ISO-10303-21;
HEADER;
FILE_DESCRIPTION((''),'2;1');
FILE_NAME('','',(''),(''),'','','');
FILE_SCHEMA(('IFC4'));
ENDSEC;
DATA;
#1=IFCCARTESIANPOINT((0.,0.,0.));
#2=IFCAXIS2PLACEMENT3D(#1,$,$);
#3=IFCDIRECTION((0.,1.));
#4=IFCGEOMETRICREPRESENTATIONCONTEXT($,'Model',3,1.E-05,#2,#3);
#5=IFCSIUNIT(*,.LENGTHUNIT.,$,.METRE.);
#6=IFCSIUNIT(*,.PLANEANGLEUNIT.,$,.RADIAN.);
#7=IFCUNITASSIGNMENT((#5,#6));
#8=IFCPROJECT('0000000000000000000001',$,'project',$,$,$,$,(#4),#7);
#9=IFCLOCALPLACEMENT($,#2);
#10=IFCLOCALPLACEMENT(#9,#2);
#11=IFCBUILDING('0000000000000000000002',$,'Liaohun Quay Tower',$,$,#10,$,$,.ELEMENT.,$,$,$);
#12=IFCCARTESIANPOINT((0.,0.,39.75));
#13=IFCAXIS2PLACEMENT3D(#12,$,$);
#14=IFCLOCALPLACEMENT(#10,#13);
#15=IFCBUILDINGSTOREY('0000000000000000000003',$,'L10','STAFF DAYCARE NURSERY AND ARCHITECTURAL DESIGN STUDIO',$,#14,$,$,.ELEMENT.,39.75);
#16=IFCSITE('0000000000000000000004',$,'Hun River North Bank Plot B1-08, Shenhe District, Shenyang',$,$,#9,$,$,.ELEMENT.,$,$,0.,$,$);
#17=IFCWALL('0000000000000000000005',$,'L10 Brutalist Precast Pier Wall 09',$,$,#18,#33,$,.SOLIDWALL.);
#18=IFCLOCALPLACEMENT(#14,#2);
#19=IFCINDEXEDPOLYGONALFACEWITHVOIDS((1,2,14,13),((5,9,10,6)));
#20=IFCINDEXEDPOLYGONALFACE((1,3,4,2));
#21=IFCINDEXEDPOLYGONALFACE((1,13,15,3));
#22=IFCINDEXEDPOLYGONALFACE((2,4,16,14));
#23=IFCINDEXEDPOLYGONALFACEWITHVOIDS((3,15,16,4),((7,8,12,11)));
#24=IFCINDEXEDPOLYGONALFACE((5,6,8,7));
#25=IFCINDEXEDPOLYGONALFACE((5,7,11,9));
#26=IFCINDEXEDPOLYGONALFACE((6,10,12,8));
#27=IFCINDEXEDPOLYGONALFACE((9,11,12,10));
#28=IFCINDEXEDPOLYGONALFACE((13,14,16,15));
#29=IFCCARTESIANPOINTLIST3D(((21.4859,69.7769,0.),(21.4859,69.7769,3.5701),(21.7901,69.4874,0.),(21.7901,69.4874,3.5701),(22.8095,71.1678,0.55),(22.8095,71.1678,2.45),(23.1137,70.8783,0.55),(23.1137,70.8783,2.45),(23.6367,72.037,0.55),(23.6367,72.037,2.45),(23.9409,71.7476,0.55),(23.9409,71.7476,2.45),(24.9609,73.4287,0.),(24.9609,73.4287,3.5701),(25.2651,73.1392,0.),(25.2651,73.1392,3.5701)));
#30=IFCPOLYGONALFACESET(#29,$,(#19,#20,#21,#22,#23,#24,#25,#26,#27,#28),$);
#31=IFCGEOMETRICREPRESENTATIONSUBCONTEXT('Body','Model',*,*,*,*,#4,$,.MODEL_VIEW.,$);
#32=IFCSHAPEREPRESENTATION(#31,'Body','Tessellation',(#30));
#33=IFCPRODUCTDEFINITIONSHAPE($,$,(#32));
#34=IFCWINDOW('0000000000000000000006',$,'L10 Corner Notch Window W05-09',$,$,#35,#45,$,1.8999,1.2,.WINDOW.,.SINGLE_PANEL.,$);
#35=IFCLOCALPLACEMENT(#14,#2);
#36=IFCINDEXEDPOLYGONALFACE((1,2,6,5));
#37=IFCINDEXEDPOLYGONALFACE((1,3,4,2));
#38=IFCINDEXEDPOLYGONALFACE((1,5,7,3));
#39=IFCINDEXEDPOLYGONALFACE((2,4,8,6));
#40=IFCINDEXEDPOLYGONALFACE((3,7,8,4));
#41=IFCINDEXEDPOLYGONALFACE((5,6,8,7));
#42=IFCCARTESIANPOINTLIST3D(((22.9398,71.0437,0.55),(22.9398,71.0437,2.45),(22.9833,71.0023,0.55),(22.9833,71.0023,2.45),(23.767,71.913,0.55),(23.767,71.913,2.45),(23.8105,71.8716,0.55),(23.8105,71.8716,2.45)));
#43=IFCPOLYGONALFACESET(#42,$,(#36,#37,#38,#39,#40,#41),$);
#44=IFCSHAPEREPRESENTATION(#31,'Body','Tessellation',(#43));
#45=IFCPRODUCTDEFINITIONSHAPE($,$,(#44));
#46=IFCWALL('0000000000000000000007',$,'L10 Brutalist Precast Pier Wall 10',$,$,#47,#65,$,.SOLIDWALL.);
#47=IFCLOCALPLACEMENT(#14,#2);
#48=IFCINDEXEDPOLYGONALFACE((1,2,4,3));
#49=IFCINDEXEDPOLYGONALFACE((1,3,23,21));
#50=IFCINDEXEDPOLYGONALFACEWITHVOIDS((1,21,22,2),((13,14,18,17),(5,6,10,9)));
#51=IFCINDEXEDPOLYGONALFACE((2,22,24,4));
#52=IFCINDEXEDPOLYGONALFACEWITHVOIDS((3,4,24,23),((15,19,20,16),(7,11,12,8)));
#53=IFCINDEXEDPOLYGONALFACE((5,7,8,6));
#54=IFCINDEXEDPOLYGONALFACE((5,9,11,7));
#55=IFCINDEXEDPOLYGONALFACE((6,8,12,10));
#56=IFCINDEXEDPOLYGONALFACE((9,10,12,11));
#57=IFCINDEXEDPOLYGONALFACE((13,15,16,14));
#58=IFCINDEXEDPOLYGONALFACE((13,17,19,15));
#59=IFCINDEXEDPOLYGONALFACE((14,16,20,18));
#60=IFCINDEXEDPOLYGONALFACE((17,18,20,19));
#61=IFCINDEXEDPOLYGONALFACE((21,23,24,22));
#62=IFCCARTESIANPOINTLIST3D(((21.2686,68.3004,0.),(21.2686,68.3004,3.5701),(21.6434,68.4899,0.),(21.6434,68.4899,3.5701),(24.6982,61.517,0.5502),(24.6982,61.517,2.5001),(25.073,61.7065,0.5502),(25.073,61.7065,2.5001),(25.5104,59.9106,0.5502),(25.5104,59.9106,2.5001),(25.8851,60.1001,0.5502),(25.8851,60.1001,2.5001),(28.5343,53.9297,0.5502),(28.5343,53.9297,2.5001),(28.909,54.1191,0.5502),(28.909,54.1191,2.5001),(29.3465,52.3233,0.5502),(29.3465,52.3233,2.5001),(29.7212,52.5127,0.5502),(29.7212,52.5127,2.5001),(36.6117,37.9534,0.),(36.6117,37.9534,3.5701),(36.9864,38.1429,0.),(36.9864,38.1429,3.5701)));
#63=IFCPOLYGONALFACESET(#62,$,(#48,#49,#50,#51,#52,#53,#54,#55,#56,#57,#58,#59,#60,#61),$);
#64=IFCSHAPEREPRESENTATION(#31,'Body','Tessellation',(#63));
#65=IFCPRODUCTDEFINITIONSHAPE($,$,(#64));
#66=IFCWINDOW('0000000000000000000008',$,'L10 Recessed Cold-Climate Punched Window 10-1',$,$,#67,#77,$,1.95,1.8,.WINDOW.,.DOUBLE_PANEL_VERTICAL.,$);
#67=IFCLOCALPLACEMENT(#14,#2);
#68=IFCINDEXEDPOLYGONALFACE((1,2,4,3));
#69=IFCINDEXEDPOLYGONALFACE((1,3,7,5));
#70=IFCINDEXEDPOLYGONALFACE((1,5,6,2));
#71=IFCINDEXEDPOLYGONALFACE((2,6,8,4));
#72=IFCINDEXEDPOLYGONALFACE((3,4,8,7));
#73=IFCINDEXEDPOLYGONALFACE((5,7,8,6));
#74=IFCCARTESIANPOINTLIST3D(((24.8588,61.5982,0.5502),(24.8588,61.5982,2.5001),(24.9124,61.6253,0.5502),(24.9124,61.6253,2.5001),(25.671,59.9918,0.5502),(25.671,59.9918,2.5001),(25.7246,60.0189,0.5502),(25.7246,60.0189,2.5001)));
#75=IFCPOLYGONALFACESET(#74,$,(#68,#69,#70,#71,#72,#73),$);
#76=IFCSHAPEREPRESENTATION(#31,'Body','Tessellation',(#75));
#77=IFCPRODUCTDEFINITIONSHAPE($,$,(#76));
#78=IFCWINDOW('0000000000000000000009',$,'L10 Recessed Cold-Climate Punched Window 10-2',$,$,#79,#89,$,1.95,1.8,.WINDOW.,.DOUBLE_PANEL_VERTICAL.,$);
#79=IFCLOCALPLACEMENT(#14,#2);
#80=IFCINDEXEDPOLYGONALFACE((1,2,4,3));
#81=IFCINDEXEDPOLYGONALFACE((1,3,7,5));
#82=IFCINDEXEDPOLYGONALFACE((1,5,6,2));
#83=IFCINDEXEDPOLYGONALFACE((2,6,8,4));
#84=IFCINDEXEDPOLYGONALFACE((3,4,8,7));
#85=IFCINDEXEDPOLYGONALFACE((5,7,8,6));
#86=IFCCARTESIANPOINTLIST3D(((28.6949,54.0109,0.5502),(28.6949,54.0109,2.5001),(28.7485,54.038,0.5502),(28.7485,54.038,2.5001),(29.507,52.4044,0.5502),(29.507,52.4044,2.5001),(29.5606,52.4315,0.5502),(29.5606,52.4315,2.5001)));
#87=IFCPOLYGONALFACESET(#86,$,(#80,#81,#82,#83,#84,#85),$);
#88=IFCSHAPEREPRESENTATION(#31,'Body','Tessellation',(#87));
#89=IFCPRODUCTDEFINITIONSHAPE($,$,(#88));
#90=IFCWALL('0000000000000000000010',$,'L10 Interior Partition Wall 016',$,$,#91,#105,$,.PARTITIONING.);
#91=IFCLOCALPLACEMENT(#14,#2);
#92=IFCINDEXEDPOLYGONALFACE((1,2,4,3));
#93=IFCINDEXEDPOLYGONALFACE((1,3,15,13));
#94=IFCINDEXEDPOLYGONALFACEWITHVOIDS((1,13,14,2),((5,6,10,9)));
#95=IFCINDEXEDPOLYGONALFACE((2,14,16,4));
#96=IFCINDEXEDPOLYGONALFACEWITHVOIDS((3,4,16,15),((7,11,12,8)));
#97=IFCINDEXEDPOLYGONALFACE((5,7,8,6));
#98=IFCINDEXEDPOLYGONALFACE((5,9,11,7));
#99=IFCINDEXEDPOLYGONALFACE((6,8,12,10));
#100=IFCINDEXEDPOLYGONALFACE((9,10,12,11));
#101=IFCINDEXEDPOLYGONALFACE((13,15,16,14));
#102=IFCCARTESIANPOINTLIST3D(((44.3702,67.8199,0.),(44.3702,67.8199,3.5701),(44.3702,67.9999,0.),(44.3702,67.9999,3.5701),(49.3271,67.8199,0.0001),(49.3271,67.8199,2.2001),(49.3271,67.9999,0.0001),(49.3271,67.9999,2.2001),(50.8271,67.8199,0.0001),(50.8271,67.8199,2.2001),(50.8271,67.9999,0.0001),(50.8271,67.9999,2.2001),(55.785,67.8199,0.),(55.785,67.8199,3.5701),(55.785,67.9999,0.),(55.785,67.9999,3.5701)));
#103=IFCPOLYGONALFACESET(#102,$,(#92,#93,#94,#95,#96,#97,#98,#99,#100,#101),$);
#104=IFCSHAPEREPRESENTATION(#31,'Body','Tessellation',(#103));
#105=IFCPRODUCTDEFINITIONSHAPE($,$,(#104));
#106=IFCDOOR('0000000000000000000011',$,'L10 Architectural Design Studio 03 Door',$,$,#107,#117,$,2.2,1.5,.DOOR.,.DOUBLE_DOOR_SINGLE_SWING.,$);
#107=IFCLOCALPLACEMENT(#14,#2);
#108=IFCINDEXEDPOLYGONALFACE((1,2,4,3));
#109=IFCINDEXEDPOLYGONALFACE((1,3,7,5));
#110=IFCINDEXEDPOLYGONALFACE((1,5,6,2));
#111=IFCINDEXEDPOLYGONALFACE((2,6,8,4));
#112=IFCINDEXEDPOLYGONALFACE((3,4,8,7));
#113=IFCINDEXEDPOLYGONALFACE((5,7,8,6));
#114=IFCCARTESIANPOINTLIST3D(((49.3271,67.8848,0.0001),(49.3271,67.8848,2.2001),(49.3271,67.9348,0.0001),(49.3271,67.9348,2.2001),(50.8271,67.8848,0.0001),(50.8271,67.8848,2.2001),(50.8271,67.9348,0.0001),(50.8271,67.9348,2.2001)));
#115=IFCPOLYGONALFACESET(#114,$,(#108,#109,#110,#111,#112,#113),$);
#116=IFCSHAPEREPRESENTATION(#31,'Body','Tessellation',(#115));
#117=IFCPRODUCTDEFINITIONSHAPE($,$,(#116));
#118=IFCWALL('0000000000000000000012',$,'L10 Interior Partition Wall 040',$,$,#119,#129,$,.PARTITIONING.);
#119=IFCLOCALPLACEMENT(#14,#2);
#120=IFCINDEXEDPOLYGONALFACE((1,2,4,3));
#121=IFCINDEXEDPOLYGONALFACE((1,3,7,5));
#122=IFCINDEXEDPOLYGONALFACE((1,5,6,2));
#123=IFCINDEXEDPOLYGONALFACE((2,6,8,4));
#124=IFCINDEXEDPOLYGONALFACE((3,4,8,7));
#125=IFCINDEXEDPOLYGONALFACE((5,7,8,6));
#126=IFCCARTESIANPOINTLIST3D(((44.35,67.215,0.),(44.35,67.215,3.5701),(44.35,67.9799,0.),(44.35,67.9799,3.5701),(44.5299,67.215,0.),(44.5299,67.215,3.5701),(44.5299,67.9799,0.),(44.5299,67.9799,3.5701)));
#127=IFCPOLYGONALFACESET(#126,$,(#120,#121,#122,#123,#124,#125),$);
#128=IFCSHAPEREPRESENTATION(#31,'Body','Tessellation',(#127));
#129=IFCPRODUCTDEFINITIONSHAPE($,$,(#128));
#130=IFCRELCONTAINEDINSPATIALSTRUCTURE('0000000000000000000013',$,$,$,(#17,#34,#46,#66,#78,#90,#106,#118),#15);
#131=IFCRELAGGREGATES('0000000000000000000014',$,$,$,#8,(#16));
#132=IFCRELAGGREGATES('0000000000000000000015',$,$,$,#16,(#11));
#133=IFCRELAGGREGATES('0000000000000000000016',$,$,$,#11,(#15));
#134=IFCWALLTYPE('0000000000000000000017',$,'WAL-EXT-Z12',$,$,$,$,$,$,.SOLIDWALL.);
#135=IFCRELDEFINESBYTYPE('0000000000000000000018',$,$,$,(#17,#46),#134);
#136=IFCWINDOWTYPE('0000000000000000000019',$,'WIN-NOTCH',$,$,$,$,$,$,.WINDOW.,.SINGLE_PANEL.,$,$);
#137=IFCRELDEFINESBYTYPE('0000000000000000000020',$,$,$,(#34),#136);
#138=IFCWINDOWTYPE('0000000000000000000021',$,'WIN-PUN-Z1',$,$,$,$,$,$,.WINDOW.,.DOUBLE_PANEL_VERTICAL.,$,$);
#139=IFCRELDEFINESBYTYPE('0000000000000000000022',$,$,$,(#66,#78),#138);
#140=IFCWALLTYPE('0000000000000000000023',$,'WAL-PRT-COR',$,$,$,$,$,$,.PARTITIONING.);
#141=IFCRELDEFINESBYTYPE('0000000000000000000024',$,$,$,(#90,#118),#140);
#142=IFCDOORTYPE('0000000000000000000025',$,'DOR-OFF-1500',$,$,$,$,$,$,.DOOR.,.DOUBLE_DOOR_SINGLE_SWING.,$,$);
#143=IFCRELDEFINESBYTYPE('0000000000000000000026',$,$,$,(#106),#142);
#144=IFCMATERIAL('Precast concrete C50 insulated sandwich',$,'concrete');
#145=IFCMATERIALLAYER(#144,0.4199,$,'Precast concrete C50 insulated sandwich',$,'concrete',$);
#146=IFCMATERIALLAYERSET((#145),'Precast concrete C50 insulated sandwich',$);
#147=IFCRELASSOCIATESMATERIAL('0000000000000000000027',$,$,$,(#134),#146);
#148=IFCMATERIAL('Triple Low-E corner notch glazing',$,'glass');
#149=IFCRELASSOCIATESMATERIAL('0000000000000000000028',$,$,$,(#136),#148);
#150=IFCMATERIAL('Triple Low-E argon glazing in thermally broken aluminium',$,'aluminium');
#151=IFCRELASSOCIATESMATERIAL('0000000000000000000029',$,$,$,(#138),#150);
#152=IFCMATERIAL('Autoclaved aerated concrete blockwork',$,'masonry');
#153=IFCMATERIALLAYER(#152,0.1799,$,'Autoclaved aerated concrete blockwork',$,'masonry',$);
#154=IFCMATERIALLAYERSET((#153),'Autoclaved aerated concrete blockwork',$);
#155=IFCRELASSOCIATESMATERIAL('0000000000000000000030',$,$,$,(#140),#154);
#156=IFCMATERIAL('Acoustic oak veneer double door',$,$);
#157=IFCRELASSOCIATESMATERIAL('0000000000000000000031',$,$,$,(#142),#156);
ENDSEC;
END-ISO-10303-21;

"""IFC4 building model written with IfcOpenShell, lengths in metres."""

from ifc_helpers import new_model, si_unit, direction, frame, frame_2d, origin, place, context, subcontext, project, spatial, rectangle, extrude, source, transform, mapped, material, layer, layer_set, type_object, element, fill, save


model = new_model("IFC4")

# Units and contexts
model_context = context("Model", 3, precision=1e-05, world=origin(), true_north=direction((0.0, 1.0)))
body_context = subcontext(model_context, "Body", "Model", "MODEL_VIEW")
ifc_project = project(units=[si_unit("LENGTHUNIT", "METRE"), si_unit("PLANEANGLEUNIT", "RADIAN")], contexts=[model_context])

# Site, building, storey
site_placement = place(None, origin())
site = spatial("IfcSite", under=ifc_project, at=site_placement, Name="Hun River North Bank Plot B1-08, Shenhe District, Shenyang", CompositionType="ELEMENT", RefElevation=0.0)
building_placement = place(site_placement, origin())
building = spatial("IfcBuilding", under=site, at=building_placement, Name="Liaohun Quay Tower", CompositionType="ELEMENT")
storey_placement = place(building_placement, frame((0.0, 0.0, 39.75)))
storey = spatial("IfcBuildingStorey", under=building, at=storey_placement, Name="L10", Description="STAFF DAYCARE NURSERY AND ARCHITECTURAL DESIGN STUDIO", CompositionType="ELEMENT", Elevation=39.75)

# Wall, opening, window
ifc_material_1 = material(Name="Precast concrete C50 insulated sandwich", Category="concrete")
ifc_layer_1 = layer(ifc_material_1, 0.4199, Name="Precast concrete C50 insulated sandwich", Category="concrete")
ifc_layer_set_1 = layer_set([ifc_layer_1], Name="Precast concrete C50 insulated sandwich")
wall_type_1 = type_object("IfcWallType", Name="WAL-EXT-Z12", PredefinedType="SOLIDWALL", material=ifc_layer_set_1)
shared_shape_1 = source(origin(), body_context, "Body", "SweptSolid", [
    extrude(rectangle(XDim=1.2, YDim=1.8999, at=frame_2d((0.6001, 0.95))), frame((0.0, 0.22, 0.0), z_axis=(0.0, -1.0, 0.0), x_axis=(1.0, 0.0, 0.0)), (0.0, 0.0, 1.0), 0.4399),
])
ifc_material_2 = material(Name="Triple Low-E corner notch glazing", Category="glass")
window_type_1 = type_object("IfcWindowType", Name="WIN-NOTCH", PartitioningType="SINGLE_PANEL", PredefinedType="WINDOW", material=ifc_material_2)
shared_shape_2 = source(origin(), body_context, "Body", "SweptSolid", [
    extrude(rectangle(XDim=1.2, YDim=1.8999, at=frame_2d((0.6001, 0.95))), frame((0.0, 0.03, 0.0), z_axis=(0.0, -1.0, 0.0), x_axis=(1.0, 0.0, 0.0)), (0.0, 0.0, 1.0), 0.0601),
])
wall_1_placement = place(storey_placement, frame((25.113, 73.2839, 0.0), z_axis=(0.0, 0.0, 1.0), x_axis=(-0.689358, -0.724421, 0.0)))
wall_1 = element("IfcWall", 1, at=wall_1_placement, inside=storey, type_object=wall_type_1, Name="L10 Brutalist Precast Pier Wall 09", PredefinedType="SOLIDWALL", context=body_context, shape_type="SweptSolid", body=[
    extrude(rectangle(XDim=5.041, YDim=0.4199, at=frame_2d((2.5205, 0.0))), origin(), (0.0, 0.0, 1.0), 3.5701),
])
opening_1_placement = place(wall_1_placement, frame((1.9209, 0.0, 0.55)))
opening_1 = element("IfcOpeningElement", 2, at=opening_1_placement, cuts=wall_1, PredefinedType="OPENING", context=body_context, shape_type="MappedRepresentation", body=[
    mapped(shared_shape_1, transform((0.0, 0.0, 0.0), x_axis=(1.0, 0.0, 0.0), y_axis=(0.0, 1.0, 0.0), z_axis=(0.0, 0.0, 1.0), scale=1.0)),
])
window_1_placement = place(opening_1_placement, origin())
window_1 = element("IfcWindow", 3, at=window_1_placement, inside=storey, type_object=window_type_1, Name="L10 Corner Notch Window W05-09", OverallHeight=1.8999, OverallWidth=1.2, PartitioningType="SINGLE_PANEL", PredefinedType="WINDOW", context=body_context, shape_type="MappedRepresentation", body=[
    mapped(shared_shape_2, transform((0.0, 0.0, 0.0), x_axis=(1.0, 0.0, 0.0), y_axis=(0.0, 1.0, 0.0), z_axis=(0.0, 0.0, 1.0), scale=1.0)),
])
fill(opening_1, window_1)

# Wall, openings, windows
wall_2_placement = place(storey_placement, frame((21.4561, 68.395, 0.0), z_axis=(0.0, 0.0, 1.0), x_axis=(0.451198, -0.892424, 0.0)))
wall_2 = element("IfcWall", 4, at=wall_2_placement, inside=storey, type_object=wall_type_1, Name="L10 Brutalist Precast Pier Wall 10", PredefinedType="SOLIDWALL", context=body_context, shape_type="SweptSolid", body=[
    extrude(rectangle(XDim=34.0051, YDim=0.4199, at=frame_2d((17.0024, 0.0))), origin(), (0.0, 0.0, 1.0), 3.5701),
])
shared_shape_3 = source(origin(), body_context, "Body", "SweptSolid", [
    extrude(rectangle(XDim=1.8, YDim=1.95, at=frame_2d((0.8999, 0.9751))), frame((0.0, 0.22, 0.0), z_axis=(0.0, -1.0, 0.0), x_axis=(1.0, 0.0, 0.0)), (0.0, 0.0, 1.0), 0.4399),
])
opening_2_placement = place(wall_2_placement, frame((7.6011, 0.0, 0.55)))
opening_2 = element("IfcOpeningElement", 5, at=opening_2_placement, cuts=wall_2, PredefinedType="OPENING", context=body_context, shape_type="MappedRepresentation", body=[
    mapped(shared_shape_3, transform((0.0, 0.0, 0.0), x_axis=(1.0, 0.0, 0.0), y_axis=(0.0, 1.0, 0.0), z_axis=(0.0, 0.0, 1.0), scale=1.0)),
])
opening_3_placement = place(wall_2_placement, frame((16.103, 0.0, 0.55)))
opening_3 = element("IfcOpeningElement", 6, at=opening_3_placement, cuts=wall_2, PredefinedType="OPENING", context=body_context, shape_type="MappedRepresentation", body=[
    mapped(shared_shape_3, transform((0.0, 0.0, 0.0), x_axis=(1.0, 0.0, 0.0), y_axis=(0.0, 1.0, 0.0), z_axis=(0.0, 0.0, 1.0), scale=1.0)),
])
ifc_material_3 = material(Name="Triple Low-E argon glazing in thermally broken aluminium", Category="aluminium")
window_type_2 = type_object("IfcWindowType", Name="WIN-PUN-Z1", PartitioningType="DOUBLE_PANEL_VERTICAL", PredefinedType="WINDOW", material=ifc_material_3)
shared_shape_4 = source(origin(), body_context, "Body", "SweptSolid", [
    extrude(rectangle(XDim=1.8, YDim=1.95, at=frame_2d((0.8999, 0.9751))), frame((0.0, 0.03, 0.0), z_axis=(0.0, -1.0, 0.0), x_axis=(1.0, 0.0, 0.0)), (0.0, 0.0, 1.0), 0.0601),
])
window_2_placement = place(opening_2_placement, origin())
window_2 = element("IfcWindow", 7, at=window_2_placement, inside=storey, type_object=window_type_2, Name="L10 Recessed Cold-Climate Punched Window 10-1", OverallHeight=1.95, OverallWidth=1.8, PartitioningType="DOUBLE_PANEL_VERTICAL", PredefinedType="WINDOW", context=body_context, shape_type="MappedRepresentation", body=[
    mapped(shared_shape_4, transform((0.0, 0.0, 0.0), x_axis=(1.0, 0.0, 0.0), y_axis=(0.0, 1.0, 0.0), z_axis=(0.0, 0.0, 1.0), scale=1.0)),
])
fill(opening_2, window_2)
window_3_placement = place(opening_3_placement, origin())
window_3 = element("IfcWindow", 8, at=window_3_placement, inside=storey, type_object=window_type_2, Name="L10 Recessed Cold-Climate Punched Window 10-2", OverallHeight=1.95, OverallWidth=1.8, PartitioningType="DOUBLE_PANEL_VERTICAL", PredefinedType="WINDOW", context=body_context, shape_type="MappedRepresentation", body=[
    mapped(shared_shape_4, transform((0.0, 0.0, 0.0), x_axis=(1.0, 0.0, 0.0), y_axis=(0.0, 1.0, 0.0), z_axis=(0.0, 0.0, 1.0), scale=1.0)),
])
fill(opening_3, window_3)

# Wall, opening, door
ifc_material_4 = material(Name="Autoclaved aerated concrete blockwork", Category="masonry")
ifc_layer_2 = layer(ifc_material_4, 0.1799, Name="Autoclaved aerated concrete blockwork", Category="masonry")
ifc_layer_set_2 = layer_set([ifc_layer_2], Name="Autoclaved aerated concrete blockwork")
wall_type_2 = type_object("IfcWallType", Name="WAL-PRT-COR", PredefinedType="PARTITIONING", material=ifc_layer_set_2)
wall_3_placement = place(storey_placement, frame((44.3701, 67.9099, 0.0), z_axis=(0.0, 0.0, 1.0), x_axis=(1.0, 0.0, 0.0)))
wall_3 = element("IfcWall", 9, at=wall_3_placement, inside=storey, type_object=wall_type_2, Name="L10 Interior Partition Wall 016", PredefinedType="PARTITIONING", context=body_context, shape_type="SweptSolid", body=[
    extrude(rectangle(XDim=11.4148, YDim=0.1799, at=frame_2d((5.7075, 0.0))), origin(), (0.0, 0.0, 1.0), 3.5701),
])
shared_shape_5 = source(origin(), body_context, "Body", "SweptSolid", [
    extrude(rectangle(XDim=1.5, YDim=2.2, at=frame_2d((0.75, 1.1001))), frame((0.0, 0.0999, 0.0), z_axis=(0.0, -1.0, 0.0), x_axis=(1.0, 0.0, 0.0)), (0.0, 0.0, 1.0), 0.2),
])
opening_4_placement = place(wall_3_placement, frame((4.957, 0.0, 0.0)))
opening_4 = element("IfcOpeningElement", 10, at=opening_4_placement, cuts=wall_3, PredefinedType="OPENING", context=body_context, shape_type="MappedRepresentation", body=[
    mapped(shared_shape_5, transform((0.0, 0.0, 0.0), x_axis=(1.0, 0.0, 0.0), y_axis=(0.0, 1.0, 0.0), z_axis=(0.0, 0.0, 1.0), scale=1.0)),
])
ifc_material_5 = material(Name="Acoustic oak veneer double door")
door_type = type_object("IfcDoorType", Name="DOR-OFF-1500", OperationType="DOUBLE_DOOR_SINGLE_SWING", PredefinedType="DOOR", material=ifc_material_5)
shared_shape_6 = source(origin(), body_context, "Body", "SweptSolid", [
    extrude(rectangle(XDim=1.5, YDim=2.2, at=frame_2d((0.75, 1.1001))), frame((0.0, 0.0249, 0.0), z_axis=(0.0, -1.0, 0.0), x_axis=(1.0, 0.0, 0.0)), (0.0, 0.0, 1.0), 0.05),
])
door_placement = place(opening_4_placement, origin())
door = element("IfcDoor", 11, at=door_placement, inside=storey, type_object=door_type, Name="L10 Architectural Design Studio 03 Door", OperationType="DOUBLE_DOOR_SINGLE_SWING", OverallHeight=2.2, OverallWidth=1.5, PredefinedType="DOOR", context=body_context, shape_type="MappedRepresentation", body=[
    mapped(shared_shape_6, transform((0.0, 0.0, 0.0), x_axis=(1.0, 0.0, 0.0), y_axis=(0.0, 1.0, 0.0), z_axis=(0.0, 0.0, 1.0), scale=1.0)),
])
fill(opening_4, door)

# Wall
wall_4_placement = place(storey_placement, frame((44.4399, 67.2151, 0.0), z_axis=(0.0, 0.0, 1.0), x_axis=(0.0, 1.0, 0.0)))
element("IfcWall", 12, at=wall_4_placement, inside=storey, type_object=wall_type_2, Name="L10 Interior Partition Wall 040", PredefinedType="PARTITIONING", context=body_context, shape_type="SweptSolid", body=[
    extrude(rectangle(XDim=0.7649, YDim=0.1799, at=frame_2d((0.3823, 0.0))), origin(), (0.0, 0.0, 1.0), 3.5701),
])

save(model, "model.ifc")
